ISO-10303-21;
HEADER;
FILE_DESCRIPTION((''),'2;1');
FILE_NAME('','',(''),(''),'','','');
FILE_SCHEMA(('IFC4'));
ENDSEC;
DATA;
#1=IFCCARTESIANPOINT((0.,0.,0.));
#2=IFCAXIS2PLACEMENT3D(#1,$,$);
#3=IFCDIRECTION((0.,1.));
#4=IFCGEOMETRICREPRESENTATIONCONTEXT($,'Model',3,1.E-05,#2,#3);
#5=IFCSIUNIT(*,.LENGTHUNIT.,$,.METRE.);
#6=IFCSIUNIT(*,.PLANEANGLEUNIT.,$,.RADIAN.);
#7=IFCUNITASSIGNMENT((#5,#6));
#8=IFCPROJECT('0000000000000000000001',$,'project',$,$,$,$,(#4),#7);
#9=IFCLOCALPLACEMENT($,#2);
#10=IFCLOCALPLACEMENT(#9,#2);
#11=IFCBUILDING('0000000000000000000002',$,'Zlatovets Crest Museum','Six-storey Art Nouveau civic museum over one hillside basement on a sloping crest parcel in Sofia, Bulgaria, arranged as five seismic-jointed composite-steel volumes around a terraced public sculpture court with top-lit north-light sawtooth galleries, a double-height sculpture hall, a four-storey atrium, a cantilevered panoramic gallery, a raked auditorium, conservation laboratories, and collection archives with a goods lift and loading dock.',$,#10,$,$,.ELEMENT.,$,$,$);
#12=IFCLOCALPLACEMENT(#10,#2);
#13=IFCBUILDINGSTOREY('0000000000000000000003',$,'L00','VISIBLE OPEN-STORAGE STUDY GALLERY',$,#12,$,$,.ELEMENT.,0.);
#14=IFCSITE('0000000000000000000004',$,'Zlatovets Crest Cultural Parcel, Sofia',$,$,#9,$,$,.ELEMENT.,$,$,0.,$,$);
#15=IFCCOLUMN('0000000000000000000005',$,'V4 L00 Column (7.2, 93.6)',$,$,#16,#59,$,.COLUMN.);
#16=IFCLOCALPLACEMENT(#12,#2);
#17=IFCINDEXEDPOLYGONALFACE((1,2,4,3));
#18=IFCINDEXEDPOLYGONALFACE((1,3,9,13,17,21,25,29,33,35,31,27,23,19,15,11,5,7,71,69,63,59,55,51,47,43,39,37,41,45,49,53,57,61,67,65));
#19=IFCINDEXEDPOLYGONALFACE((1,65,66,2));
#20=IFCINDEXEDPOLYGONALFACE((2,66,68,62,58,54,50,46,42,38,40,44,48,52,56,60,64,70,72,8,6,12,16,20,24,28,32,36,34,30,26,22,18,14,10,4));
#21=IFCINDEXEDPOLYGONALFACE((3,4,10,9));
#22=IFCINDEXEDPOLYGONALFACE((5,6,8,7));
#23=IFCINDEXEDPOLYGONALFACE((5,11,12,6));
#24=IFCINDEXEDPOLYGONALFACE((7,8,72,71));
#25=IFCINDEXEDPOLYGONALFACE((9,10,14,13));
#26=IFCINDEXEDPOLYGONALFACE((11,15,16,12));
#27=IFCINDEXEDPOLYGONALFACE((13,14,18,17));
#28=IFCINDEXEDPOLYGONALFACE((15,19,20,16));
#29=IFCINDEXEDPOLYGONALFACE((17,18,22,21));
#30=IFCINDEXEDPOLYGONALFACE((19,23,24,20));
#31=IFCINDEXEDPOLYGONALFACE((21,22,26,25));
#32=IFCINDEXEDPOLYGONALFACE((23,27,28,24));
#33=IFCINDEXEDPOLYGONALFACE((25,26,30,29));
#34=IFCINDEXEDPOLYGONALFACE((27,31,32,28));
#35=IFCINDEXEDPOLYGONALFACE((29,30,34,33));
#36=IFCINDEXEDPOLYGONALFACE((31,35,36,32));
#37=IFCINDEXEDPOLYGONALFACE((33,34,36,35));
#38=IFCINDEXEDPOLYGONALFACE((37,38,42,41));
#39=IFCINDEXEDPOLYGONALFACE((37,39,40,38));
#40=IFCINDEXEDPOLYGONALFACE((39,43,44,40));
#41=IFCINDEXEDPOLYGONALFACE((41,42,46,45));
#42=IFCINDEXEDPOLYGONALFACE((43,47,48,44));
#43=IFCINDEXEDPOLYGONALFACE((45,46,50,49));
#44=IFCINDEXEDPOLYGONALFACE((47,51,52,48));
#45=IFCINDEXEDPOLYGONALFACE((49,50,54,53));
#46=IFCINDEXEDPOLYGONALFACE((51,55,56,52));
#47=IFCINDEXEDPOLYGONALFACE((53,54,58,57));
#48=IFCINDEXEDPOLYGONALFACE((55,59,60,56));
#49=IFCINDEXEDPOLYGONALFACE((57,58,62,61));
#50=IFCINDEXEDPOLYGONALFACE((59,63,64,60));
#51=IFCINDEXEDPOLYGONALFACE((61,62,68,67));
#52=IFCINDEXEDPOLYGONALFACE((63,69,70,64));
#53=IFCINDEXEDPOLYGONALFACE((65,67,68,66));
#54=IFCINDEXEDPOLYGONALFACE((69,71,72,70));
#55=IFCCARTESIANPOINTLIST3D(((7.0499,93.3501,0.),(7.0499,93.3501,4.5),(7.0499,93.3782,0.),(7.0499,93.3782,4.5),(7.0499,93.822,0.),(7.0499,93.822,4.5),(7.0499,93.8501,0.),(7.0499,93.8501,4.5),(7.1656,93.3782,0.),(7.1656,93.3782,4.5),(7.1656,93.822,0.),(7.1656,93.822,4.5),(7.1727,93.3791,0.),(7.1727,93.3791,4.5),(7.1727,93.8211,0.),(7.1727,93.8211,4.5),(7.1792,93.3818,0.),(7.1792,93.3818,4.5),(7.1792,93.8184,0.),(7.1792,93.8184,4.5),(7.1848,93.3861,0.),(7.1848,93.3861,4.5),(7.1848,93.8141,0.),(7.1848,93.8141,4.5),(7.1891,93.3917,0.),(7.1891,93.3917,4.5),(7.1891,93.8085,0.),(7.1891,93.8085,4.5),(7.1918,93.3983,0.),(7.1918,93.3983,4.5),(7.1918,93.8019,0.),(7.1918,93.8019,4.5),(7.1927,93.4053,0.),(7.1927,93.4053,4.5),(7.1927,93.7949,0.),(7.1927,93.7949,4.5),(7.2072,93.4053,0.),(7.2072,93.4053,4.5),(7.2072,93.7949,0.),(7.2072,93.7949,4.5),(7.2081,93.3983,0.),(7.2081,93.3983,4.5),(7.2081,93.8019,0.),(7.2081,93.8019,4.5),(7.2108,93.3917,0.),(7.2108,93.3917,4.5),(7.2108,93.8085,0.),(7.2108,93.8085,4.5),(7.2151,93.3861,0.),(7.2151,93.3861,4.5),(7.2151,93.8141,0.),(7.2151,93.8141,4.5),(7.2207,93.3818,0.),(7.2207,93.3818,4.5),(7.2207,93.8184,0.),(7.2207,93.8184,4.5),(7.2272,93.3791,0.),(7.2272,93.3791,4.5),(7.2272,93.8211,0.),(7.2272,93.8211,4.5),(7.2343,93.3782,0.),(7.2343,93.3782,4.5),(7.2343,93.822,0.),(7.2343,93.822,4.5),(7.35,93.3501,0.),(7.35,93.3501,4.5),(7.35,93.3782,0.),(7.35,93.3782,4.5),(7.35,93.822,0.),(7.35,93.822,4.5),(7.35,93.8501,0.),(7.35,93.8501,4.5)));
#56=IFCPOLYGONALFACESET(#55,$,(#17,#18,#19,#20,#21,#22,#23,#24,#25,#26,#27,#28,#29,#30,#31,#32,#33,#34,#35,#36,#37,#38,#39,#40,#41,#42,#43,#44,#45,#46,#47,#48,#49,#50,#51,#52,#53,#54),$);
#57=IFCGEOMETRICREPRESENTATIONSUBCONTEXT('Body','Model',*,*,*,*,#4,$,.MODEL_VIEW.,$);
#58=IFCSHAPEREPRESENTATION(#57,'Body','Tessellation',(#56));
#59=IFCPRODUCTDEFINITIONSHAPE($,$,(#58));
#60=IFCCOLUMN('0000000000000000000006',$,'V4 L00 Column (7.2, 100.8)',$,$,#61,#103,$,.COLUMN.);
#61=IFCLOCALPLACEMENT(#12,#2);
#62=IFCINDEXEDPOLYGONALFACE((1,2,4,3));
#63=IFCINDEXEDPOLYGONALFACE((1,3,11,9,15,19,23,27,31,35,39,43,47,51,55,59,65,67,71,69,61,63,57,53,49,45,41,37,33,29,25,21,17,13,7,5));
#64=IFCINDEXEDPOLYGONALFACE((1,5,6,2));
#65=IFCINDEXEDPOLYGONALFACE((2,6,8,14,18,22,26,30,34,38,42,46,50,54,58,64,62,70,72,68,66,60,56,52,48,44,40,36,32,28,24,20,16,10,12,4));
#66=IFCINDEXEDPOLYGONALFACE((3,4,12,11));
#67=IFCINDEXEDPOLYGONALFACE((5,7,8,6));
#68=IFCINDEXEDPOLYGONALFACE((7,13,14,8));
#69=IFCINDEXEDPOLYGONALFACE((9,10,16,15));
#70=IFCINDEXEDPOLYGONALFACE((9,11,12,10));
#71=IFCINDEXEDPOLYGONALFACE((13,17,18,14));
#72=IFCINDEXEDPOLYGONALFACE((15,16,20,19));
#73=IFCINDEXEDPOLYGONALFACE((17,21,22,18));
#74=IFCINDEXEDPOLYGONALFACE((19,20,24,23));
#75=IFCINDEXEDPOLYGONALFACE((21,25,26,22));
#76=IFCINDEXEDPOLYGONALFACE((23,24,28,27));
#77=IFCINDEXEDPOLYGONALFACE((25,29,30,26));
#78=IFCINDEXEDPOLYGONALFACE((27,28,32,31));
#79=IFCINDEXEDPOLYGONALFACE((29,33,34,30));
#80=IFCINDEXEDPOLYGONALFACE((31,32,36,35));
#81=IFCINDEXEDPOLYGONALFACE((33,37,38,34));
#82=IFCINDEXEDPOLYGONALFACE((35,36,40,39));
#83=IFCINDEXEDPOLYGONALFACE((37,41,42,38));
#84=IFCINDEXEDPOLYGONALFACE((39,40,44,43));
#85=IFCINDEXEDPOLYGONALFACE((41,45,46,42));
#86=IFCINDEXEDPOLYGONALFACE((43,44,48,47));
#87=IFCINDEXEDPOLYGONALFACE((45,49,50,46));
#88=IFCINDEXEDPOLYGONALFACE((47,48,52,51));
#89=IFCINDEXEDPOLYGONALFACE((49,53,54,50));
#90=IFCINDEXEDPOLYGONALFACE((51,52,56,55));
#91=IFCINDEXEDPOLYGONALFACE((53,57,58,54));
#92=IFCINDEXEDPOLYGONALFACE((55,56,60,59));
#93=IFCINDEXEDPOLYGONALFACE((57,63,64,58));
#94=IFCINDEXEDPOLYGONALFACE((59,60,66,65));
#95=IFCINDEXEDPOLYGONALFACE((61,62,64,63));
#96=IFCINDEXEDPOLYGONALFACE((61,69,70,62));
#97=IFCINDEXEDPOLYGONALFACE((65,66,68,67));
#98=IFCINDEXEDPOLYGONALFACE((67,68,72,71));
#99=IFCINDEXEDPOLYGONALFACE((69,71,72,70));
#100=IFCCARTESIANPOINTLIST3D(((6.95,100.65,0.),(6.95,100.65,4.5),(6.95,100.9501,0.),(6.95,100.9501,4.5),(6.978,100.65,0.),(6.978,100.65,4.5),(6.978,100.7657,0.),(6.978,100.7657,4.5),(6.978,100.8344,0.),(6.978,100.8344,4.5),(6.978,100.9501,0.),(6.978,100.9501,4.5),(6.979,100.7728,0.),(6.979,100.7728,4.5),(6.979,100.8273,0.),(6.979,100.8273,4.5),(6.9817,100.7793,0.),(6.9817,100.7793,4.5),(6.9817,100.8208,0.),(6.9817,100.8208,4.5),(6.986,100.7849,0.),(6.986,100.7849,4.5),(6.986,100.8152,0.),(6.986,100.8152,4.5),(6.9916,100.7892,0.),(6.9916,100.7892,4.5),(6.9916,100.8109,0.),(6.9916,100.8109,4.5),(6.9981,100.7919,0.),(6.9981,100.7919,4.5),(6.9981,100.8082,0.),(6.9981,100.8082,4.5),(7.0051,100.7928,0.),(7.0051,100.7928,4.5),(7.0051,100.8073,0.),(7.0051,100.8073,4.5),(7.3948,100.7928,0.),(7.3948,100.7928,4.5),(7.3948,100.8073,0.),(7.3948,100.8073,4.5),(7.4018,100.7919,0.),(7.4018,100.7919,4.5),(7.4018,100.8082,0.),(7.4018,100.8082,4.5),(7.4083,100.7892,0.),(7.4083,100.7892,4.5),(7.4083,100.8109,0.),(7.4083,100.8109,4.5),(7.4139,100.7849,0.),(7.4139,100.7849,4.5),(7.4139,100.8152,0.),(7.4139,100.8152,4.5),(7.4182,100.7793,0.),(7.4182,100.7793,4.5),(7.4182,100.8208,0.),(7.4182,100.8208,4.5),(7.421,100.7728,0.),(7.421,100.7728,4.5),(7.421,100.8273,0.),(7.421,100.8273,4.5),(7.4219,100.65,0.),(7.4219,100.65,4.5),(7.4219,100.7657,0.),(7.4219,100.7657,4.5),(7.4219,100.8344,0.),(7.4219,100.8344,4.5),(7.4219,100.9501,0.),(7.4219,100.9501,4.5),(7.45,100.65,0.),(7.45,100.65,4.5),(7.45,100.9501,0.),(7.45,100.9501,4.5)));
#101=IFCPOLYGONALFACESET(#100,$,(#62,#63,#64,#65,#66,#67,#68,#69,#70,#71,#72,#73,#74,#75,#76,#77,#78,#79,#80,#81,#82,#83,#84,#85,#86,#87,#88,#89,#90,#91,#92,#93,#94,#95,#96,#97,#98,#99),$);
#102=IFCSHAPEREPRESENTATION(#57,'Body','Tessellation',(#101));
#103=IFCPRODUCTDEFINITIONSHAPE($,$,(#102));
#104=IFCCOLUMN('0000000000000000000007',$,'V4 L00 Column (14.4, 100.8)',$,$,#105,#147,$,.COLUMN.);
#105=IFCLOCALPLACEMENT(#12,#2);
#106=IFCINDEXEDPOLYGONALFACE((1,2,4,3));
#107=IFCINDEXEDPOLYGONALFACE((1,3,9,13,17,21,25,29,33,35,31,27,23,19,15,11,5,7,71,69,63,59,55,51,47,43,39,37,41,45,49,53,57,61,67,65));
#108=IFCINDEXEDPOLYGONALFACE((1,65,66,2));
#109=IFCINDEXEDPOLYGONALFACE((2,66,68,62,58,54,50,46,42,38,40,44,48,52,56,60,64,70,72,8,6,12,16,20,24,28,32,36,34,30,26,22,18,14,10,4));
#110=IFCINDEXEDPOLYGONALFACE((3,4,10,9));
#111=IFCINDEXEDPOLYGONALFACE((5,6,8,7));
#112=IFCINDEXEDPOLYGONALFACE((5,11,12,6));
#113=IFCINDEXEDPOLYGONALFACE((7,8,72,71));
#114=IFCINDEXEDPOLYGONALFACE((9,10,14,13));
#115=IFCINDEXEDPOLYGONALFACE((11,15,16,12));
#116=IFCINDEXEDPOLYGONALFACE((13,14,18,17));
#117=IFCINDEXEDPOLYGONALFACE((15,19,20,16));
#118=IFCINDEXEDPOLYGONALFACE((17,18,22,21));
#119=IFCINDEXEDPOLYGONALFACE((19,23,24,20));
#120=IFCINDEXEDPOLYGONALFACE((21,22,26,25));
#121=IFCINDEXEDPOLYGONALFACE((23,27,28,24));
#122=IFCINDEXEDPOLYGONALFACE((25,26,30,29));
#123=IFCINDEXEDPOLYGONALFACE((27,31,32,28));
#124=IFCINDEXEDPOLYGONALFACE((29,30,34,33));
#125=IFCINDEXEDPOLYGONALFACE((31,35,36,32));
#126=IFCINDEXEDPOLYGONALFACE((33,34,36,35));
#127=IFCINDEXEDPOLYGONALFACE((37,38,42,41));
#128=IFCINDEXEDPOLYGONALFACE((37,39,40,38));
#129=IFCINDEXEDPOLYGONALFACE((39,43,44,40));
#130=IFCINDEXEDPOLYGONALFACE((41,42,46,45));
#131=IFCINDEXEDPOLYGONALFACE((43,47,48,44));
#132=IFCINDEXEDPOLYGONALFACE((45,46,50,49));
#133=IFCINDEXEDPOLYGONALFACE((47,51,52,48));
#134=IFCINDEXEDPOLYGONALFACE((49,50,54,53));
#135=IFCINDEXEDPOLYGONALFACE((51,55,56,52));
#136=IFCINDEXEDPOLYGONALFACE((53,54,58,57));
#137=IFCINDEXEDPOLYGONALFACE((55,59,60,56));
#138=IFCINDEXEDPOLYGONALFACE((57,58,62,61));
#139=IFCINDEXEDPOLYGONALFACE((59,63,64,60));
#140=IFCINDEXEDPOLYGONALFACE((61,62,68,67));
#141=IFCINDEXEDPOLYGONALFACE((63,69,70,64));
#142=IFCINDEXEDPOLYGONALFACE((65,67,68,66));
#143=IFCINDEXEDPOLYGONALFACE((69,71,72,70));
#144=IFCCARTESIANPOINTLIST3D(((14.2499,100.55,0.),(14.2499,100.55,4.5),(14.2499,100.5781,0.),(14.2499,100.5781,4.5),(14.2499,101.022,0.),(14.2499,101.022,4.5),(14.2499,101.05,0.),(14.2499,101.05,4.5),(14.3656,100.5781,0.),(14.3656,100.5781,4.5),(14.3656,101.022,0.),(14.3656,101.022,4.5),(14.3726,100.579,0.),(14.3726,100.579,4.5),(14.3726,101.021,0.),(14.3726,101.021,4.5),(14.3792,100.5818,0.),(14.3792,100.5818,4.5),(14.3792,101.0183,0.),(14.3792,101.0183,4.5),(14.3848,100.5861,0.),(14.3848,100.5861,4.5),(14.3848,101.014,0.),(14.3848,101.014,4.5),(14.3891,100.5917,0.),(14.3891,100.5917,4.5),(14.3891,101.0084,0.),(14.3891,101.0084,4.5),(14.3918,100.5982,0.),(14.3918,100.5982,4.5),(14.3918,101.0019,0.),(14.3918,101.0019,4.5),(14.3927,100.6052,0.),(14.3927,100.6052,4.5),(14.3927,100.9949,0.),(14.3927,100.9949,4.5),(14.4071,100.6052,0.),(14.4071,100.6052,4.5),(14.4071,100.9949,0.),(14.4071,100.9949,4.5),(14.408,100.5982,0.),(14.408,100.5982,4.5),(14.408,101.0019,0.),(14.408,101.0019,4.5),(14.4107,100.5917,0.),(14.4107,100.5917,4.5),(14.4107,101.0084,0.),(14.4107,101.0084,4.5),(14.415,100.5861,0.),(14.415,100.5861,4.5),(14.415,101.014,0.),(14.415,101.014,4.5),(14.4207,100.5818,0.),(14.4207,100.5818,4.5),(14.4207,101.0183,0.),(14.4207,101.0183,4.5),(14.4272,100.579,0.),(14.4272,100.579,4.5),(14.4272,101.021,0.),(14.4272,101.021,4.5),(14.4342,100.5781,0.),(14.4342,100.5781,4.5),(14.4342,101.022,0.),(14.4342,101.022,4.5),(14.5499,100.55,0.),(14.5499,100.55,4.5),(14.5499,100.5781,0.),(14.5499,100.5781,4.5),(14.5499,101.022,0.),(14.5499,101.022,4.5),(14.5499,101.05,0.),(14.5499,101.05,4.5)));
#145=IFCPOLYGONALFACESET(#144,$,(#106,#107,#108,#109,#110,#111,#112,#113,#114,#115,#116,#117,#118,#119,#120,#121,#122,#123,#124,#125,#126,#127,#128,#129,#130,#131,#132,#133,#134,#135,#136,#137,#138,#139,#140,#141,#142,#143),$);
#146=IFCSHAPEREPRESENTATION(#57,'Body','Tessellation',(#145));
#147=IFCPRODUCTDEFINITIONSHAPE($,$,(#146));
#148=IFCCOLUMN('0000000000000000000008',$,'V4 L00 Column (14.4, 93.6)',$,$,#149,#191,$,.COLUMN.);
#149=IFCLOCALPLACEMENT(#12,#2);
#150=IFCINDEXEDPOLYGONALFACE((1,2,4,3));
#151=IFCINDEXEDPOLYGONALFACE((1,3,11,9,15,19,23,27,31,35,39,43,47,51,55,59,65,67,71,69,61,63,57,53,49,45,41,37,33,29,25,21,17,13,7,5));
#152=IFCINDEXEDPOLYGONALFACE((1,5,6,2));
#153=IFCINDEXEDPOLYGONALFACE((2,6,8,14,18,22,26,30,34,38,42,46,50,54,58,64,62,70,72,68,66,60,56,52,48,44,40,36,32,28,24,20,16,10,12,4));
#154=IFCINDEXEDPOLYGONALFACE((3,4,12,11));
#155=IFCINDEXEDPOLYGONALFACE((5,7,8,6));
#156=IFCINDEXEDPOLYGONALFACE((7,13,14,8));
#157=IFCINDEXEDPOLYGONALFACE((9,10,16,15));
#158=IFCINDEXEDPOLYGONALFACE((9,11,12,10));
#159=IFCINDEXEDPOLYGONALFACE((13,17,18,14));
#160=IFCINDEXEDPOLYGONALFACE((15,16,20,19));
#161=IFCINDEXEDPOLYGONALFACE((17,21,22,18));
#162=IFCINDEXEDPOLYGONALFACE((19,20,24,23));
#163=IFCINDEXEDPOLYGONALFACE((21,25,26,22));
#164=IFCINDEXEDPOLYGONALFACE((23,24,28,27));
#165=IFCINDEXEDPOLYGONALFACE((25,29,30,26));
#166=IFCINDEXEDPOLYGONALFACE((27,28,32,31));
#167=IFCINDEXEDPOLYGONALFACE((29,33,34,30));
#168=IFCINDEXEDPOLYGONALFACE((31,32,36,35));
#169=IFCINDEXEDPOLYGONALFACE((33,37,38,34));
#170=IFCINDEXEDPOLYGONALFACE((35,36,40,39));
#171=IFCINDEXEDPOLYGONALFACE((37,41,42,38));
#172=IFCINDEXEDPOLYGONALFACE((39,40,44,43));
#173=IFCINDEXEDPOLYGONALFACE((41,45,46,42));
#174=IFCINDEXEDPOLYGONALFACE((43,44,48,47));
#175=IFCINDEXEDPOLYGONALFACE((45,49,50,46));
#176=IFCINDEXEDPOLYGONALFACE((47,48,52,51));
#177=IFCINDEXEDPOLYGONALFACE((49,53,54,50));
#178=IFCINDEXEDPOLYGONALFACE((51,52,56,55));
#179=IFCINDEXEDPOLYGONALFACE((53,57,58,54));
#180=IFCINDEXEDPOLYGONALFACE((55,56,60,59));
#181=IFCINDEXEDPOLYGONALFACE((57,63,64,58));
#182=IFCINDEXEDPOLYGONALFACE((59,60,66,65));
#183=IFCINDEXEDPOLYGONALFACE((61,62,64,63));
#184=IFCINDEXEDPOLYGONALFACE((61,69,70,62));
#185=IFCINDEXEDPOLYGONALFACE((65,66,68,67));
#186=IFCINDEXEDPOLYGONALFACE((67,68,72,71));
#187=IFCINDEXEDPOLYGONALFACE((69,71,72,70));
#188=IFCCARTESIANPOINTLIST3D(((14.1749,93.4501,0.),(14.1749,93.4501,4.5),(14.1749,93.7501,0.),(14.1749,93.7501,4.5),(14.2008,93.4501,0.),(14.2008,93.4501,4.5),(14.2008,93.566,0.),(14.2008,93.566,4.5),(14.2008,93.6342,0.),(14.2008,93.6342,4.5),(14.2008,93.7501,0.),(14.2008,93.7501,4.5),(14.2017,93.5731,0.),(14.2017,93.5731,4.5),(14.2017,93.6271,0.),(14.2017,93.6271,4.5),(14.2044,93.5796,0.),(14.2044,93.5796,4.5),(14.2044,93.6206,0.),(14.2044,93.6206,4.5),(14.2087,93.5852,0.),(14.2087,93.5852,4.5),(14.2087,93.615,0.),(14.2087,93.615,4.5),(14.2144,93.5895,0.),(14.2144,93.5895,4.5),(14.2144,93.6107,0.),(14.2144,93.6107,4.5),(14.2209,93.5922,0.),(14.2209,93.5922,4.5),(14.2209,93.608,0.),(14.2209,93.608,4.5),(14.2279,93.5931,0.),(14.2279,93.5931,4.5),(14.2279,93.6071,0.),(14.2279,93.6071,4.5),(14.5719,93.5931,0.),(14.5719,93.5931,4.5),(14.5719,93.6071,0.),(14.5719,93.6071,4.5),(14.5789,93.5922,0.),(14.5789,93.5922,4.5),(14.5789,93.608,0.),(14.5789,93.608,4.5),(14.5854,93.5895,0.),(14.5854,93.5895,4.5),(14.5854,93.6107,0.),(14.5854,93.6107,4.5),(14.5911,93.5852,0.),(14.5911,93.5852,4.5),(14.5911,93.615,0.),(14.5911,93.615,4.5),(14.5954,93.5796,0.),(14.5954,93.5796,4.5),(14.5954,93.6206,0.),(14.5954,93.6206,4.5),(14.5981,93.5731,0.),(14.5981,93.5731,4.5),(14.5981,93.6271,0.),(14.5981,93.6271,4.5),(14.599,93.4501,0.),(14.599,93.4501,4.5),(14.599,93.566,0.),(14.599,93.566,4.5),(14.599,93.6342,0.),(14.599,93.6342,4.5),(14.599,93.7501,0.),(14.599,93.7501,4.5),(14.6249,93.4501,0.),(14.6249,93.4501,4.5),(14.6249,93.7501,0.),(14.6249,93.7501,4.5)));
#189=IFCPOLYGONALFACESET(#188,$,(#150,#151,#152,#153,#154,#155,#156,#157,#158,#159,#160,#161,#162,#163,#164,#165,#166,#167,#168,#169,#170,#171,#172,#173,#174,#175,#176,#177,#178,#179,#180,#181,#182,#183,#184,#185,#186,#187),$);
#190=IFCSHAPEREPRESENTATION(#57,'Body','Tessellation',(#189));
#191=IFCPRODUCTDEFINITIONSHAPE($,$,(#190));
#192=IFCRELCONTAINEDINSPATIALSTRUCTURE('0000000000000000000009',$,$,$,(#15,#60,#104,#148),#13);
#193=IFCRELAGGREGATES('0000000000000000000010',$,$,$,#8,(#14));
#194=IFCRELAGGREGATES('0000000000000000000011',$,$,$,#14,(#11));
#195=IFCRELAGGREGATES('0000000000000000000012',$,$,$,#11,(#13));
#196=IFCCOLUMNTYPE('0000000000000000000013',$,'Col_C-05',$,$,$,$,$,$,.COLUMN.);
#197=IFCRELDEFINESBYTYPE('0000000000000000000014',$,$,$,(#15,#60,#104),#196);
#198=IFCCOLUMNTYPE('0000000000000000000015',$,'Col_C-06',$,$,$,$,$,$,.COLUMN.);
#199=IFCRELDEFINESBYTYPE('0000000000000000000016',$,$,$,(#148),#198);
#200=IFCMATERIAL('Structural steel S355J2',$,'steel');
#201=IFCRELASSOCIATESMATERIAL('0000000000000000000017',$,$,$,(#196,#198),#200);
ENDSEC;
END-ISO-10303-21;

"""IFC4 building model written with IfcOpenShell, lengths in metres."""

from ifc_helpers import new_model, si_unit, direction, frame, origin, origin_2d, place, context, subcontext, project, spatial, i_section, extrude, material, material_profile, profile_set, type_object, element, save


model = new_model("IFC4")

# Units and contexts
model_context = context("Model", 3, precision=1e-05, world=origin(), true_north=direction((0.0, 1.0)))
body_context = subcontext(model_context, "Body", "Model", "MODEL_VIEW")
ifc_project = project(units=[si_unit("LENGTHUNIT", "METRE"), si_unit("PLANEANGLEUNIT", "RADIAN")], contexts=[model_context])

# Site, building, storey
site_placement = place(None, origin())
site = spatial("IfcSite", under=ifc_project, at=site_placement, Name="Zlatovets Crest Cultural Parcel, Sofia", CompositionType="ELEMENT", RefElevation=0.0)
building_placement = place(site_placement, origin())
building = spatial("IfcBuilding", under=site, at=building_placement, Name="Zlatovets Crest Museum", Description="Six-storey Art Nouveau civic museum over one hillside basement on a sloping crest parcel in Sofia, Bulgaria, arranged as five seismic-jointed composite-steel volumes around a terraced public sculpture court with top-lit north-light sawtooth galleries, a double-height sculpture hall, a four-storey atrium, a cantilevered panoramic gallery, a raked auditorium, conservation laboratories, and collection archives with a goods lift and loading dock.", CompositionType="ELEMENT")
storey_placement = place(building_placement, origin())
storey = spatial("IfcBuildingStorey", under=building, at=storey_placement, Name="L00", Description="VISIBLE OPEN-STORAGE STUDY GALLERY", CompositionType="ELEMENT", Elevation=0.0)

# Columns
ifc_material_1 = material(Name="Structural steel S355J2", Category="steel")
ifc_material_profile_1 = material_profile(ifc_material_1, i_section(OverallWidth=0.3, OverallDepth=0.5, WebThickness=0.0144, FlangeThickness=0.0281, FilletRadius=0.0271, at=origin_2d()), Name="HEB 500")
ifc_profile_set_1 = profile_set([ifc_material_profile_1], Name="Structural steel S355J2")
column_type_1 = type_object("IfcColumnType", Name="Col_C-05", PredefinedType="COLUMN", material=ifc_profile_set_1)
for number, where, z_axis, x_axis, name in (
    (1, (7.2, 93.6001, 0.0), (0.0, 0.0, 1.0), (1.0, 0.0, 0.0), "V4 L00 Column (7.2, 93.6)"),
    (2, (7.2, 100.8, 0.0), (0.0, 0.0, 1.0), (0.0, 1.0, 0.0), "V4 L00 Column (7.2, 100.8)"),
    (3, (14.3999, 100.8, 0.0), (0.0, 0.0, 1.0), (1.0, 0.0, 0.0), "V4 L00 Column (14.4, 100.8)"),
):
    element("IfcColumn", number, at=place(storey_placement, frame(where, z_axis=z_axis, x_axis=x_axis)), inside=storey, type_object=column_type_1, Name=name, PredefinedType="COLUMN", context=body_context, shape_type="SweptSolid", body=[
        extrude(i_section(OverallWidth=0.3, OverallDepth=0.5, WebThickness=0.0144, FlangeThickness=0.0281, FilletRadius=0.0271, at=origin_2d()), origin(), (0.0, 0.0, 1.0), 4.5),
    ])
ifc_material_profile_2 = material_profile(ifc_material_1, i_section(OverallWidth=0.3, OverallDepth=0.45, WebThickness=0.0139, FlangeThickness=0.0259, FilletRadius=0.0271, at=origin_2d()), Name="HEB 450")
ifc_profile_set_2 = profile_set([ifc_material_profile_2], Name="Structural steel S355J2")
column_type_2 = type_object("IfcColumnType", Name="Col_C-06", PredefinedType="COLUMN", material=ifc_profile_set_2)
column_placement = place(storey_placement, frame((14.3999, 93.6001, 0.0), z_axis=(0.0, 0.0, 1.0), x_axis=(0.0, 1.0, 0.0)))
element("IfcColumn", 4, at=column_placement, inside=storey, type_object=column_type_2, Name="V4 L00 Column (14.4, 93.6)", PredefinedType="COLUMN", context=body_context, shape_type="SweptSolid", body=[
    extrude(i_section(OverallWidth=0.3, OverallDepth=0.45, WebThickness=0.0139, FlangeThickness=0.0259, FilletRadius=0.0271, at=origin_2d()), origin(), (0.0, 0.0, 1.0), 4.5),
])

save(model, "model.ifc")
